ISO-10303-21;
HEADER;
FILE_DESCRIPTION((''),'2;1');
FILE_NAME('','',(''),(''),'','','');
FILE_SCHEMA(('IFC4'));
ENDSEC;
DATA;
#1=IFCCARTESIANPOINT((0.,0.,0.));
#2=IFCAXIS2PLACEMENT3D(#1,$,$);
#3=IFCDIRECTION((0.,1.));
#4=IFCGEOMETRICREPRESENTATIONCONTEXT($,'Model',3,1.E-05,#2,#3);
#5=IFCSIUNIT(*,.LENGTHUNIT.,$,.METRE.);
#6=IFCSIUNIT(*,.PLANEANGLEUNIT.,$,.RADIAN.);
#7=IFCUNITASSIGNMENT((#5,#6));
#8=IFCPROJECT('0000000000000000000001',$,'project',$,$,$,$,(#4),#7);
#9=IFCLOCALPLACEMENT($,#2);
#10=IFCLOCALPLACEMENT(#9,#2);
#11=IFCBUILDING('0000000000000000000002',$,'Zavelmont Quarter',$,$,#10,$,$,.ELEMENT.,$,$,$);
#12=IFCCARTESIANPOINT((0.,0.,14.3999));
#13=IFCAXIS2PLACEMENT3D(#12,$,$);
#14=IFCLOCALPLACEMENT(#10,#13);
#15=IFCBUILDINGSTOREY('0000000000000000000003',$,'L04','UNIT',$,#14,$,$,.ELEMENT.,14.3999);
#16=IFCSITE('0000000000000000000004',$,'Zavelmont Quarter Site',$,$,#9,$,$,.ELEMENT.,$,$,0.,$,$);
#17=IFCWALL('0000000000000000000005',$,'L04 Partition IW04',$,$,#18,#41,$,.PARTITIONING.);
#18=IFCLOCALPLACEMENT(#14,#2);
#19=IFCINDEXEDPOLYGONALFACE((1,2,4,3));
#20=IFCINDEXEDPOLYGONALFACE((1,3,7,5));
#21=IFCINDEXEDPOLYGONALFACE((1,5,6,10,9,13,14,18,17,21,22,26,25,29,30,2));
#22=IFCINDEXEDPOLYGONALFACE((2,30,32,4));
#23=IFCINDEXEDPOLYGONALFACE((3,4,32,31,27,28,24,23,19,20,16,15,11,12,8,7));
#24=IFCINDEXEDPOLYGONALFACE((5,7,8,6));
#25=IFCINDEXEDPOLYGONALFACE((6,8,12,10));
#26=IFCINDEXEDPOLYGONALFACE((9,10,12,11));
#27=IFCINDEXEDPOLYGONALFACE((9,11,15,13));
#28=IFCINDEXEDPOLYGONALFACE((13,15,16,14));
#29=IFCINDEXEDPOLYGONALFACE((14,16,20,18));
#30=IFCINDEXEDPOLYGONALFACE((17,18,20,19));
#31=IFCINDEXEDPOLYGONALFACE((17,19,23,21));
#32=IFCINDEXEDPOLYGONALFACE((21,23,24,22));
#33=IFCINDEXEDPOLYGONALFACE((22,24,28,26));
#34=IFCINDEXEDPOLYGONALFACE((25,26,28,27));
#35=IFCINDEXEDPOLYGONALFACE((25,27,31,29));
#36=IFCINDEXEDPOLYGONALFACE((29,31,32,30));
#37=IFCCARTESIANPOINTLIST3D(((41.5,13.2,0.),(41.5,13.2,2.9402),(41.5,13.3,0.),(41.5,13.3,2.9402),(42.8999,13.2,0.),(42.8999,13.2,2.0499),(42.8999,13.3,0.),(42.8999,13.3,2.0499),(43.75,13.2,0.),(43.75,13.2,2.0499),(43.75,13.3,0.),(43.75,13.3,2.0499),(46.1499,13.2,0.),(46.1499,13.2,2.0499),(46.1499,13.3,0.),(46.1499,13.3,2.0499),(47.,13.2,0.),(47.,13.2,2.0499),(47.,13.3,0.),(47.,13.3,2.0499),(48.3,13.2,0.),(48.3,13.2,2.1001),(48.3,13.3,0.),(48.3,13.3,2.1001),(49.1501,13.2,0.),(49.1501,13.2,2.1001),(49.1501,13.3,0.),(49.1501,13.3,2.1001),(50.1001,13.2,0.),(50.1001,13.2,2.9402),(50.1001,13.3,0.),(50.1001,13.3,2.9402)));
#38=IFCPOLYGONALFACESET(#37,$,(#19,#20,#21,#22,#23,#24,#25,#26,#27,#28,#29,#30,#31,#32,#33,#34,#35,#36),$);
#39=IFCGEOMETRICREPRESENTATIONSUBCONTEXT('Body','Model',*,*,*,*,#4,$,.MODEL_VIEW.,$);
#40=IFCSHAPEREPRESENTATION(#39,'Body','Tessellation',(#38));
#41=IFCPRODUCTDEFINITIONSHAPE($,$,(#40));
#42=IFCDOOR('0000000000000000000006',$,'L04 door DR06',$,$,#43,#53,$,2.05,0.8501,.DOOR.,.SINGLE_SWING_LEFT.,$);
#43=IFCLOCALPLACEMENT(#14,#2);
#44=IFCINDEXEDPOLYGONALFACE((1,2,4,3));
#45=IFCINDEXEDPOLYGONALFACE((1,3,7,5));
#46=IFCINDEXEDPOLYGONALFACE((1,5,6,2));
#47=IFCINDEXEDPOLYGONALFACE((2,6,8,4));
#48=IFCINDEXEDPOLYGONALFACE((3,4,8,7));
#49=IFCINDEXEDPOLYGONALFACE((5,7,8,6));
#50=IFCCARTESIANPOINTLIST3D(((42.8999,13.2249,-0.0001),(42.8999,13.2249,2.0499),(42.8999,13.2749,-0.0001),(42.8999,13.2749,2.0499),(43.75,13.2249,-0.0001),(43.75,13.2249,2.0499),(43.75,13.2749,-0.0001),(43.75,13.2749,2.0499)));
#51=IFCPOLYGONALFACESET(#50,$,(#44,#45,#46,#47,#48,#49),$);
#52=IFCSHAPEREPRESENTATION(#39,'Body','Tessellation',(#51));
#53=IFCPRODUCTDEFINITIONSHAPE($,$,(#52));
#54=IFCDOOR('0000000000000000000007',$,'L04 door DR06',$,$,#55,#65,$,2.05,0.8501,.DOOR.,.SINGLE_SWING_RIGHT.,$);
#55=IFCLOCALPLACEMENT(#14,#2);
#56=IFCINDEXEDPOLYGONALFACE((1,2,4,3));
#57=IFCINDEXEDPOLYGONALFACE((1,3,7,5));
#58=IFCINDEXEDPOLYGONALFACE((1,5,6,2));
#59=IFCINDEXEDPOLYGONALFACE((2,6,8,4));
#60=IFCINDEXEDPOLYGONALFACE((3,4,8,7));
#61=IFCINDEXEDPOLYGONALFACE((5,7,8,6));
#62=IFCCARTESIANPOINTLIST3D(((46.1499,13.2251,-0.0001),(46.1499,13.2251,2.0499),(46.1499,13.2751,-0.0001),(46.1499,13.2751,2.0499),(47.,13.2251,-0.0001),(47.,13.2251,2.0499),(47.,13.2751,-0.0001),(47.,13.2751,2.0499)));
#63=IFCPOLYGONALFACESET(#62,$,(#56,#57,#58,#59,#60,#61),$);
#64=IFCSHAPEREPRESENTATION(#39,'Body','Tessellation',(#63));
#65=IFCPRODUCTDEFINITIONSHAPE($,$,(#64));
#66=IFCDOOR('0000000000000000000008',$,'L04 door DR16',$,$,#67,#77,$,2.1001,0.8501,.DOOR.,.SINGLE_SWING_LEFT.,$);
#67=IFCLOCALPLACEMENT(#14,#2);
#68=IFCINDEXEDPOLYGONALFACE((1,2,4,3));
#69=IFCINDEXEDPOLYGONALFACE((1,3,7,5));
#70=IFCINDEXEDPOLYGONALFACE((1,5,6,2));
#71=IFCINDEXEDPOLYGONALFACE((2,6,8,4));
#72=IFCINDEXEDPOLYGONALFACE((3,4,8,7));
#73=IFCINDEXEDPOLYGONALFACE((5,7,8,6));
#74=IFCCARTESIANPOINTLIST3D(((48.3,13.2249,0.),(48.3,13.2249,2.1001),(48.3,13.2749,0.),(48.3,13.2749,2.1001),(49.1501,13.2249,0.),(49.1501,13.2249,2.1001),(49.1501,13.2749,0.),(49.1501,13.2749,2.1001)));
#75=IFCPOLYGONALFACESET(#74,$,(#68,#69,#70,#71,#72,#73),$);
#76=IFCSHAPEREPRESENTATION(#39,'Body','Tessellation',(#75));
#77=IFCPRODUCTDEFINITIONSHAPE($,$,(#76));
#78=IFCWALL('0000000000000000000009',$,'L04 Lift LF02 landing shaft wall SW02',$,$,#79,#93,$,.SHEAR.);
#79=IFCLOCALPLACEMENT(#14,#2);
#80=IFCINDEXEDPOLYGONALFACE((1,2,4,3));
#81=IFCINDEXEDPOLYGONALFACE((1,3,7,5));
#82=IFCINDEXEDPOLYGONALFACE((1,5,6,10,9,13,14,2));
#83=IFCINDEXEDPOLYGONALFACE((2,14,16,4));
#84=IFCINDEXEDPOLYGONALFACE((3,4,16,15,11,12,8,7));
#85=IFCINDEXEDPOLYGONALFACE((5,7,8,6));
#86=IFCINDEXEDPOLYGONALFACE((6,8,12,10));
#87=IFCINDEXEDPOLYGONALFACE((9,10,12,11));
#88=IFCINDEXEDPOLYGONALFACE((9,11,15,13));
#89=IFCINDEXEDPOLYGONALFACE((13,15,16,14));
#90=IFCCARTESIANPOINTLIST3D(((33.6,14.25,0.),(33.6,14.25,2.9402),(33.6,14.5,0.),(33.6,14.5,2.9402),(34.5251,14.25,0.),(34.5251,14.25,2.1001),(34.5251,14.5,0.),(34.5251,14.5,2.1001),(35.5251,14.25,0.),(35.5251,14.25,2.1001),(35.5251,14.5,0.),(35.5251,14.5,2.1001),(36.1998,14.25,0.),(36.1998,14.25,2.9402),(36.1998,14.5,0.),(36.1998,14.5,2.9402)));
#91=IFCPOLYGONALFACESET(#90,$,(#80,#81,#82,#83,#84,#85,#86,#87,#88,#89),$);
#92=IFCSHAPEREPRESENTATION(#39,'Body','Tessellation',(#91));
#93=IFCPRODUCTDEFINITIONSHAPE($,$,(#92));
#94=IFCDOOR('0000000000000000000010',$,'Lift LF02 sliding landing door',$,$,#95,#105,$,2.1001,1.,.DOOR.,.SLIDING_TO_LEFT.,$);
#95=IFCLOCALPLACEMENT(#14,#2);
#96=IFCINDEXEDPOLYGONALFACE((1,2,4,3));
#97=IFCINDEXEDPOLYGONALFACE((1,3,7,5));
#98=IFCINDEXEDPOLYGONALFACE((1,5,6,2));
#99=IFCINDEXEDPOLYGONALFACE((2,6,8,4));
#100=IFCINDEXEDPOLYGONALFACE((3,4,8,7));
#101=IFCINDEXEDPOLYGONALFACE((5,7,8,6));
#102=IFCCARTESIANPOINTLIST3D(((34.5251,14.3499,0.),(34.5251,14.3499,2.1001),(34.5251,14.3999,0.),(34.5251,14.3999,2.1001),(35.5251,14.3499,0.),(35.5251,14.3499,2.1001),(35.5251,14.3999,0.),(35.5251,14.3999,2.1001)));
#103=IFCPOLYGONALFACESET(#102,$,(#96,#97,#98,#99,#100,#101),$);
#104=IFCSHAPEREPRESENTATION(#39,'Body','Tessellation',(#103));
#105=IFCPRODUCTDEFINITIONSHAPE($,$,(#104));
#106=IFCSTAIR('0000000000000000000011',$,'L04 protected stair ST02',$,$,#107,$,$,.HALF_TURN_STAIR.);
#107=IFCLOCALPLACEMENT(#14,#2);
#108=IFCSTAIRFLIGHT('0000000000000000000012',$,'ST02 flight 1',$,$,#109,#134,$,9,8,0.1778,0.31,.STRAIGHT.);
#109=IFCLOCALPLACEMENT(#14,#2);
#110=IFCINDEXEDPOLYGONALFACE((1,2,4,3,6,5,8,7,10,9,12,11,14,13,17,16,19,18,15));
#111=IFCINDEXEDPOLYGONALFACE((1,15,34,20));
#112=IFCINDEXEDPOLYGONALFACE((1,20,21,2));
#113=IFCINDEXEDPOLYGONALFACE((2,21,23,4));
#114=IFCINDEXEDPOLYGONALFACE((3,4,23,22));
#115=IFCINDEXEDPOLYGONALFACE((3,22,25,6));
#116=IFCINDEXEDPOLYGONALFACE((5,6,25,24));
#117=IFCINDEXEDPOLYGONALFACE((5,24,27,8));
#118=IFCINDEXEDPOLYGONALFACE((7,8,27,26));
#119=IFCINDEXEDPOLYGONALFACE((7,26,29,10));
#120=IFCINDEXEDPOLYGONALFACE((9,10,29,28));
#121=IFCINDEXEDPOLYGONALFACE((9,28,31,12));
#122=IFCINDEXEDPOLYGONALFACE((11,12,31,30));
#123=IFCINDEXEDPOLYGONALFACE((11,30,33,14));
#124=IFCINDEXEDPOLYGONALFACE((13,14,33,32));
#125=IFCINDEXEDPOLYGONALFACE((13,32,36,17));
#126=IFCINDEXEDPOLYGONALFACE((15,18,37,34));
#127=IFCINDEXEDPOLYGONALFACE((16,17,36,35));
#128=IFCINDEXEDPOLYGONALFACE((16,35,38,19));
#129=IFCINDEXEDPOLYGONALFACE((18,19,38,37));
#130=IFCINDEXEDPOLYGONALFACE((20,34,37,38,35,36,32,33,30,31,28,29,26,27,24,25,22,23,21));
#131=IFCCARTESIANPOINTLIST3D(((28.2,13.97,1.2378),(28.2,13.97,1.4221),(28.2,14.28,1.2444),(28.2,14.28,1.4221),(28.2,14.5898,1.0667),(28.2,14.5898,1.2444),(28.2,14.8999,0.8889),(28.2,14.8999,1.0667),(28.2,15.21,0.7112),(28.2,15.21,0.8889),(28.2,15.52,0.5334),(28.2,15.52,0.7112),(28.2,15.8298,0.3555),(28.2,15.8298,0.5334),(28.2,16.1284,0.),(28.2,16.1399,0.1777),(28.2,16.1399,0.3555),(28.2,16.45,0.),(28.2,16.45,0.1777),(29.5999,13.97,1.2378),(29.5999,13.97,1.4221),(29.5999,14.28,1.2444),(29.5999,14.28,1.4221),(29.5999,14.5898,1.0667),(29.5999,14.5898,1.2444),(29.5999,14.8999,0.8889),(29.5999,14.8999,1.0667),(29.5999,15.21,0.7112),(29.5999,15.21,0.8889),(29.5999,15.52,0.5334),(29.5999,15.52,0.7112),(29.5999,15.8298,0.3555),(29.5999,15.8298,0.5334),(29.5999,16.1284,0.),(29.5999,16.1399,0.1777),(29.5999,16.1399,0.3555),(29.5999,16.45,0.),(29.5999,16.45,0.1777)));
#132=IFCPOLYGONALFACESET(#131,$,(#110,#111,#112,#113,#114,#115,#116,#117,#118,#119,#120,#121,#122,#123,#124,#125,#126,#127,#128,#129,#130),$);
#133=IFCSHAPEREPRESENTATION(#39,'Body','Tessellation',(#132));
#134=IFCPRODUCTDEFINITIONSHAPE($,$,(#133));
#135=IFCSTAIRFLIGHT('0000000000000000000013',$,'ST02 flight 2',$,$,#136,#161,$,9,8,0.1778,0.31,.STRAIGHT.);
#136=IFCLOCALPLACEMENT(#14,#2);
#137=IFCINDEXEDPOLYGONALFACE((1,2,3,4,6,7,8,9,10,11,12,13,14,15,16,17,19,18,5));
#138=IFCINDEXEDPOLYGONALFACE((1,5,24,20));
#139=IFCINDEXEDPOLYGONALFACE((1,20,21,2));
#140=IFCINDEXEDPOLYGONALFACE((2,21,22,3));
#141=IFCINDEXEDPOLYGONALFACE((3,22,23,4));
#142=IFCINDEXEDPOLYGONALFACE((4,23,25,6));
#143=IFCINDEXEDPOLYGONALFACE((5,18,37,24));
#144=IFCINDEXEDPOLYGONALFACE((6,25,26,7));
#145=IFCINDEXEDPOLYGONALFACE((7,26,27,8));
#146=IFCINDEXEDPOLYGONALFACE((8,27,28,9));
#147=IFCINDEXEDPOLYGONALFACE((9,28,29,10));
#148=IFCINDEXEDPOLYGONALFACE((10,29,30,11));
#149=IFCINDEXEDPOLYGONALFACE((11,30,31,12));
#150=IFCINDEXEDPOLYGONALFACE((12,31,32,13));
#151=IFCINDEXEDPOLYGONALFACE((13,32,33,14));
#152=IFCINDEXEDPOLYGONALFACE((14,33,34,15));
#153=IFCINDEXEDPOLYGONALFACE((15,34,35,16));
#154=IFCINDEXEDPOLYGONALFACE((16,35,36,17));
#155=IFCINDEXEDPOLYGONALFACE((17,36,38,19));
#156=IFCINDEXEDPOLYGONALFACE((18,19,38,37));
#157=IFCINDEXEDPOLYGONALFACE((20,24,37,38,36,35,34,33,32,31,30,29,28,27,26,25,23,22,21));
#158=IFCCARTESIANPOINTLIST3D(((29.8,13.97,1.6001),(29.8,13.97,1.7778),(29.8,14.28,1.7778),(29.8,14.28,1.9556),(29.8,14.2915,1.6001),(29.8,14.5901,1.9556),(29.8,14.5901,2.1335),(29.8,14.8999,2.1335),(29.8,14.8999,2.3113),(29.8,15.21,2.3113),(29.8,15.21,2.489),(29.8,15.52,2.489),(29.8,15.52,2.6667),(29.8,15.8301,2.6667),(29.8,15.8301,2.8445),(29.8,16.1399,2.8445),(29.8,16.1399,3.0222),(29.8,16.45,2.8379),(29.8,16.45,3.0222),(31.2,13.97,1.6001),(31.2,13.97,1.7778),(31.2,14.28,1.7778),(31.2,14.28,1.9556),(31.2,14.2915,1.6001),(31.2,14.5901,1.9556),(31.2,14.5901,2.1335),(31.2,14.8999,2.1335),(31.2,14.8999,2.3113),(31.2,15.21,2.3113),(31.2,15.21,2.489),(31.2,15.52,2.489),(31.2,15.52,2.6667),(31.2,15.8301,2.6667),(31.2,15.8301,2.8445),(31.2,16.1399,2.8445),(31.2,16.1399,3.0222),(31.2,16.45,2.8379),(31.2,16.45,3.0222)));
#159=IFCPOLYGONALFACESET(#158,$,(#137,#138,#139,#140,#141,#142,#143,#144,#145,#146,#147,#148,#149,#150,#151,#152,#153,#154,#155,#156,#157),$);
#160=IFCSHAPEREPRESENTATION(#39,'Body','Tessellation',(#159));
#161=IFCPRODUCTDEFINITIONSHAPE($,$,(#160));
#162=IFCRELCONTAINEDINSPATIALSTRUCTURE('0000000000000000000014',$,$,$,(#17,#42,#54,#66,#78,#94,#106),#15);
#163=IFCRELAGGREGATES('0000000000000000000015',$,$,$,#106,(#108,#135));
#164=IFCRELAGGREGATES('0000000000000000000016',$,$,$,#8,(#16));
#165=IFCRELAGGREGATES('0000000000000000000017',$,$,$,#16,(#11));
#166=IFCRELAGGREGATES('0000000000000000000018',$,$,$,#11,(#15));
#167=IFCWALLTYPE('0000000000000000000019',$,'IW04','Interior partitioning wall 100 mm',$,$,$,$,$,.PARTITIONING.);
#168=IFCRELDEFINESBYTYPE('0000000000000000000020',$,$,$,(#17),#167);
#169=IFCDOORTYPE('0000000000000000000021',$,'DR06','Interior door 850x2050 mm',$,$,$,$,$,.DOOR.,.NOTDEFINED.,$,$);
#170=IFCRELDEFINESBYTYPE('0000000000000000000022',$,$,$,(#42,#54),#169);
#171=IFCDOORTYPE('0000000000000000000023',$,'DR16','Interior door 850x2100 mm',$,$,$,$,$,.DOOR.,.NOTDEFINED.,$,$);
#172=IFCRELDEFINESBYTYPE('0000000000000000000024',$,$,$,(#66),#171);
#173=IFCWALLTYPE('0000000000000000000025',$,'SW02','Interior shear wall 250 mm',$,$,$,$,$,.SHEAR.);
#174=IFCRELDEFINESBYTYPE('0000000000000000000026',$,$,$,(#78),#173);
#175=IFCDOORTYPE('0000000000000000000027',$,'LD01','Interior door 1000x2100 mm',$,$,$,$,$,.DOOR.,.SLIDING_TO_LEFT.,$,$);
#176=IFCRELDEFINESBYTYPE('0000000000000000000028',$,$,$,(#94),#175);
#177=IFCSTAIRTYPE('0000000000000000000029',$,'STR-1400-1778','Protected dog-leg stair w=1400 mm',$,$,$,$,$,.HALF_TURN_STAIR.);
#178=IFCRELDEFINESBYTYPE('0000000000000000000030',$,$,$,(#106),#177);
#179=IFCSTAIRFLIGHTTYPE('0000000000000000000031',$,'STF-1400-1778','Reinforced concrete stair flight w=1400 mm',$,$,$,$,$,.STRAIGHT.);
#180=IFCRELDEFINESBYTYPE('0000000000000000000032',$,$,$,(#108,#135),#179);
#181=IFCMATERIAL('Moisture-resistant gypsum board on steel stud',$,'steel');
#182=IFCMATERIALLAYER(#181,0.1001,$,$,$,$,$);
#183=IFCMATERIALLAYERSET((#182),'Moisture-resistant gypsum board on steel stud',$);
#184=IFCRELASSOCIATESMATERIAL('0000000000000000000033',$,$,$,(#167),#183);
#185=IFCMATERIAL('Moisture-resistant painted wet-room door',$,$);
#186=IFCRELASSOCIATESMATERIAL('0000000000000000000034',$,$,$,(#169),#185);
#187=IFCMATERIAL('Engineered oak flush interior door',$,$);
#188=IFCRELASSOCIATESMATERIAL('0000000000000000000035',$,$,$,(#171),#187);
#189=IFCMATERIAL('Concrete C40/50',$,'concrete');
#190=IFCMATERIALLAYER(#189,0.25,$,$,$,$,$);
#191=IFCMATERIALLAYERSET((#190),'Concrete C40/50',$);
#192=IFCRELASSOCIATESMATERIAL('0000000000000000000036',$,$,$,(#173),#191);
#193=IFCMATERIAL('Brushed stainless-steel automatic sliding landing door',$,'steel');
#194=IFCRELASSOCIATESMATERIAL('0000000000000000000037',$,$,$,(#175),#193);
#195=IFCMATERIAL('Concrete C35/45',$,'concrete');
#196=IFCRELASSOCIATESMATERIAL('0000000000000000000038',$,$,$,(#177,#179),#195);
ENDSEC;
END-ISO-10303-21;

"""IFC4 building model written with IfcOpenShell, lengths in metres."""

from ifc_helpers import new_model, si_unit, direction, frame, frame_2d, origin, origin_with_axes, place, context, subcontext, project, spatial, polyline, rectangle, outline, extrude, material, layer, layer_set, type_object, element, fill, aggregate, save


model = new_model("IFC4")

# Units and contexts
model_context = context("Model", 3, precision=1e-05, world=origin(), true_north=direction((0.0, 1.0)))
body_context = subcontext(model_context, "Body", "Model", "MODEL_VIEW")
ifc_project = project(units=[si_unit("LENGTHUNIT", "METRE"), si_unit("PLANEANGLEUNIT", "RADIAN")], contexts=[model_context])

# Site, building, storey
site_placement = place(None, origin())
site = spatial("IfcSite", under=ifc_project, at=site_placement, Name="Zavelmont Quarter Site", CompositionType="ELEMENT", RefElevation=0.0)
building_placement = place(site_placement, origin())
building = spatial("IfcBuilding", under=site, at=building_placement, Name="Zavelmont Quarter", CompositionType="ELEMENT")
storey_placement = place(building_placement, frame((0.0, 0.0, 14.3999)))
storey = spatial("IfcBuildingStorey", under=building, at=storey_placement, Name="L04", Description="UNIT", CompositionType="ELEMENT", Elevation=14.3999)

# Shared definitions
ifc_material_1 = material(Name="Concrete C40/50", Category="concrete")

# Shared definitions
ifc_material_2 = material(Name="Concrete C35/45", Category="concrete")

# Shared definitions
ifc_material_3 = material(Name="Engineered oak flush interior door")

# Shared definitions
ifc_material_4 = material(Name="Moisture-resistant gypsum board on steel stud", Category="steel")
ifc_layer_1 = layer(ifc_material_4, 0.1001)
ifc_layer_set_1 = layer_set([ifc_layer_1], Name="Moisture-resistant gypsum board on steel stud")
wall_type_1 = type_object("IfcWallType", Name="IW04", Description="Interior partitioning wall 100 mm", PredefinedType="PARTITIONING", material=ifc_layer_set_1)

# Wall, openings, doors
wall_1_placement = place(storey_placement, frame((41.5, 13.25, 0.0), z_axis=(0.0, 0.0, 1.0), x_axis=(1.0, 0.0, 0.0)))
wall_1 = element("IfcWall", 1, at=wall_1_placement, inside=storey, type_object=wall_type_1, Name="L04 Partition IW04", PredefinedType="PARTITIONING", context=body_context, shape_type="SweptSolid", body=[
    extrude(rectangle(XDim=8.6001, YDim=0.1001, at=frame_2d((4.3, 0.0))), origin(), (0.0, 0.0, 1.0), 2.9402),
])
opening_1_placement = place(wall_1_placement, frame((1.3999, 0.0, 0.0)))
opening_1 = element("IfcOpeningElement", 2, at=opening_1_placement, cuts=wall_1, PredefinedType="OPENING", context=body_context, shape_type="SweptSolid", body=[
    extrude(rectangle(XDim=0.8501, YDim=2.05, at=frame_2d((0.425, 1.0249))), frame((0.0, 0.062, 0.0), z_axis=(0.0, -1.0, 0.0), x_axis=(1.0, 0.0, 0.0)), (0.0, 0.0, 1.0), 0.124),
])
opening_2_placement = place(wall_1_placement, frame((4.6499, 0.0, 0.0)))
opening_2 = element("IfcOpeningElement", 3, at=opening_2_placement, cuts=wall_1, PredefinedType="OPENING", context=body_context, shape_type="SweptSolid", body=[
    extrude(rectangle(XDim=0.8501, YDim=2.05, at=frame_2d((0.425, 1.0249))), frame((0.0, 0.062, 0.0), z_axis=(0.0, -1.0, 0.0), x_axis=(1.0, 0.0, 0.0)), (0.0, 0.0, 1.0), 0.124),
])
opening_3_placement = place(wall_1_placement, frame((6.8, 0.0, 0.0)))
opening_3 = element("IfcOpeningElement", 4, at=opening_3_placement, cuts=wall_1, PredefinedType="OPENING", context=body_context, shape_type="SweptSolid", body=[
    extrude(rectangle(XDim=0.8501, YDim=2.1001, at=frame_2d((0.425, 1.05))), frame((0.0, 0.062, 0.0), z_axis=(0.0, -1.0, 0.0), x_axis=(1.0, 0.0, 0.0)), (0.0, 0.0, 1.0), 0.124),
])
ifc_material_5 = material(Name="Moisture-resistant painted wet-room door")
door_type_1 = type_object("IfcDoorType", Name="DR06", Description="Interior door 850x2050 mm", OperationType="NOTDEFINED", PredefinedType="DOOR", material=ifc_material_5)
door_1_placement = place(opening_1_placement, origin_with_axes())
door_1 = element("IfcDoor", 5, at=door_1_placement, inside=storey, type_object=door_type_1, Name="L04 door DR06", OperationType="SINGLE_SWING_LEFT", OverallHeight=2.05, OverallWidth=0.8501, PredefinedType="DOOR", context=body_context, shape_type="SweptSolid", body=[
    extrude(rectangle(XDim=0.8501, YDim=2.05, at=frame_2d((0.425, 1.0249))), frame((0.0, 0.0249, 0.0), z_axis=(0.0, -1.0, 0.0), x_axis=(1.0, 0.0, 0.0)), (0.0, 0.0, 1.0), 0.05),
])
fill(opening_1, door_1)
door_2_placement = place(opening_2_placement, frame((0.8501, 0.0, 0.0), z_axis=(0.0, 0.0, 1.0), x_axis=(-1.0, 0.0, 0.0)))
door_2 = element("IfcDoor", 6, at=door_2_placement, inside=storey, type_object=door_type_1, Name="L04 door DR06", OperationType="SINGLE_SWING_RIGHT", OverallHeight=2.05, OverallWidth=0.8501, PredefinedType="DOOR", context=body_context, shape_type="SweptSolid", body=[
    extrude(rectangle(XDim=0.8501, YDim=2.05, at=frame_2d((0.425, 1.0249))), frame((0.0, 0.0249, 0.0), z_axis=(0.0, -1.0, 0.0), x_axis=(1.0, 0.0, 0.0)), (0.0, 0.0, 1.0), 0.05),
])
fill(opening_2, door_2)
door_type_2 = type_object("IfcDoorType", Name="DR16", Description="Interior door 850x2100 mm", OperationType="NOTDEFINED", PredefinedType="DOOR", material=ifc_material_3)
door_3_placement = place(opening_3_placement, origin_with_axes())
door_3 = element("IfcDoor", 7, at=door_3_placement, inside=storey, type_object=door_type_2, Name="L04 door DR16", OperationType="SINGLE_SWING_LEFT", OverallHeight=2.1001, OverallWidth=0.8501, PredefinedType="DOOR", context=body_context, shape_type="SweptSolid", body=[
    extrude(rectangle(XDim=0.8501, YDim=2.1001, at=frame_2d((0.425, 1.05))), frame((0.0, 0.0249, 0.0), z_axis=(0.0, -1.0, 0.0), x_axis=(1.0, 0.0, 0.0)), (0.0, 0.0, 1.0), 0.05),
])
fill(opening_3, door_3)

# Wall, opening, door
ifc_layer_2 = layer(ifc_material_1, 0.25)
ifc_layer_set_2 = layer_set([ifc_layer_2], Name="Concrete C40/50")
wall_type_2 = type_object("IfcWallType", Name="SW02", Description="Interior shear wall 250 mm", PredefinedType="SHEAR", material=ifc_layer_set_2)
wall_2_placement = place(storey_placement, frame((33.6001, 14.375, 0.0), z_axis=(0.0, 0.0, 1.0), x_axis=(1.0, 0.0, 0.0)))
wall_2 = element("IfcWall", 8, at=wall_2_placement, inside=storey, type_object=wall_type_2, Name="L04 Lift LF02 landing shaft wall SW02", PredefinedType="SHEAR", context=body_context, shape_type="SweptSolid", body=[
    extrude(rectangle(XDim=2.5999, YDim=0.25, at=frame_2d((1.2998, 0.0))), origin(), (0.0, 0.0, 1.0), 2.9402),
])
opening_4_placement = place(wall_2_placement, frame((0.925, 0.0, 0.0)))
opening_4 = element("IfcOpeningElement", 9, at=opening_4_placement, cuts=wall_2, PredefinedType="OPENING", context=body_context, shape_type="SweptSolid", body=[
    extrude(rectangle(XDim=1.0, YDim=2.1001, at=frame_2d((0.5, 1.05))), frame((0.0, 0.137, 0.0), z_axis=(0.0, -1.0, 0.0), x_axis=(1.0, 0.0, 0.0)), (0.0, 0.0, 1.0), 0.2739),
])
ifc_material_6 = material(Name="Brushed stainless-steel automatic sliding landing door", Category="steel")
door_type_3 = type_object("IfcDoorType", Name="LD01", Description="Interior door 1000x2100 mm", OperationType="SLIDING_TO_LEFT", PredefinedType="DOOR", material=ifc_material_6)
door_4_placement = place(opening_4_placement, origin_with_axes())
door_4 = element("IfcDoor", 10, at=door_4_placement, inside=storey, type_object=door_type_3, Name="Lift LF02 sliding landing door", OperationType="SLIDING_TO_LEFT", OverallHeight=2.1001, OverallWidth=1.0, PredefinedType="DOOR", context=body_context, shape_type="SweptSolid", body=[
    extrude(rectangle(XDim=1.0, YDim=2.1001, at=frame_2d((0.5, 1.05))), frame((0.0, 0.0249, 0.0), z_axis=(0.0, -1.0, 0.0), x_axis=(1.0, 0.0, 0.0)), (0.0, 0.0, 1.0), 0.05),
])
fill(opening_4, door_4)

# Stair, stair flights
stair_type = type_object("IfcStairType", Name="STR-1400-1778", Description="Protected dog-leg stair w=1400 mm", PredefinedType="HALF_TURN_STAIR", material=ifc_material_2)
stair_placement = place(storey_placement, origin())
stair = element("IfcStair", 11, at=stair_placement, inside=storey, type_object=stair_type, Name="L04 protected stair ST02", PredefinedType="HALF_TURN_STAIR")
stair_flight_type = type_object("IfcStairFlightType", Name="STF-1400-1778", Description="Reinforced concrete stair flight w=1400 mm", PredefinedType="STRAIGHT", material=ifc_material_2)
stair_flight_1_placement = place(storey_placement, frame((28.8999, 16.45, 0.0), z_axis=(0.0, 0.0, 1.0), x_axis=(0.0, -1.0, 0.0)))
stair_flight_1 = element("IfcStairFlight", 12, at=stair_flight_1_placement, type_object=stair_flight_type, Name="ST02 flight 1", NumberOfRisers=9, NumberOfTreads=8, PredefinedType="STRAIGHT", RiserHeight=0.1778, TreadLength=0.31, context=body_context, shape_type="SweptSolid", body=[
    extrude(outline(polyline([(0.0, 0.0), (0.0, 0.1777), (0.3101, 0.1777), (0.3101, 0.3555), (0.6201, 0.3555), (0.6201, 0.5334), (0.9299, 0.5334), (0.9299, 0.7112), (1.24, 0.7112), (1.24, 0.8889), (1.55, 0.8889), (1.55, 1.0667), (1.8601, 1.0667), (1.8601, 1.2444), (2.1699, 1.2444), (2.1699, 1.4221), (2.48, 1.4221), (2.48, 1.6001), (2.48, 1.2378), (0.3215, 0.0), (0.0, 0.0)])), frame((0.0, 0.7, 0.0), z_axis=(0.0, -1.0, 0.0), x_axis=(1.0, 0.0, 0.0)), (0.0, 0.0, 1.0), 1.3999),
])
stair_flight_2_placement = place(storey_placement, frame((30.5, 13.97, 1.6001), z_axis=(0.0, 0.0, 1.0), x_axis=(0.0, 1.0, 0.0)))
stair_flight_2 = element("IfcStairFlight", 13, at=stair_flight_2_placement, type_object=stair_flight_type, Name="ST02 flight 2", NumberOfRisers=9, NumberOfTreads=8, PredefinedType="STRAIGHT", RiserHeight=0.1778, TreadLength=0.31, context=body_context, shape_type="SweptSolid", body=[
    extrude(outline(polyline([(0.0, 0.0), (0.0, 0.1777), (0.3101, 0.1777), (0.3101, 0.3555), (0.6201, 0.3555), (0.6201, 0.5334), (0.9299, 0.5334), (0.9299, 0.7112), (1.24, 0.7112), (1.24, 0.8889), (1.55, 0.8889), (1.55, 1.0667), (1.8601, 1.0667), (1.8601, 1.2444), (2.1699, 1.2444), (2.1699, 1.4221), (2.48, 1.4221), (2.48, 1.6001), (2.48, 1.2378), (0.3215, 0.0), (0.0, 0.0)])), frame((0.0, 0.7, 0.0), z_axis=(0.0, -1.0, 0.0), x_axis=(1.0, 0.0, 0.0)), (0.0, 0.0, 1.0), 1.3999),
])
aggregate(stair, [stair_flight_1, stair_flight_2])

save(model, "model.ifc")
